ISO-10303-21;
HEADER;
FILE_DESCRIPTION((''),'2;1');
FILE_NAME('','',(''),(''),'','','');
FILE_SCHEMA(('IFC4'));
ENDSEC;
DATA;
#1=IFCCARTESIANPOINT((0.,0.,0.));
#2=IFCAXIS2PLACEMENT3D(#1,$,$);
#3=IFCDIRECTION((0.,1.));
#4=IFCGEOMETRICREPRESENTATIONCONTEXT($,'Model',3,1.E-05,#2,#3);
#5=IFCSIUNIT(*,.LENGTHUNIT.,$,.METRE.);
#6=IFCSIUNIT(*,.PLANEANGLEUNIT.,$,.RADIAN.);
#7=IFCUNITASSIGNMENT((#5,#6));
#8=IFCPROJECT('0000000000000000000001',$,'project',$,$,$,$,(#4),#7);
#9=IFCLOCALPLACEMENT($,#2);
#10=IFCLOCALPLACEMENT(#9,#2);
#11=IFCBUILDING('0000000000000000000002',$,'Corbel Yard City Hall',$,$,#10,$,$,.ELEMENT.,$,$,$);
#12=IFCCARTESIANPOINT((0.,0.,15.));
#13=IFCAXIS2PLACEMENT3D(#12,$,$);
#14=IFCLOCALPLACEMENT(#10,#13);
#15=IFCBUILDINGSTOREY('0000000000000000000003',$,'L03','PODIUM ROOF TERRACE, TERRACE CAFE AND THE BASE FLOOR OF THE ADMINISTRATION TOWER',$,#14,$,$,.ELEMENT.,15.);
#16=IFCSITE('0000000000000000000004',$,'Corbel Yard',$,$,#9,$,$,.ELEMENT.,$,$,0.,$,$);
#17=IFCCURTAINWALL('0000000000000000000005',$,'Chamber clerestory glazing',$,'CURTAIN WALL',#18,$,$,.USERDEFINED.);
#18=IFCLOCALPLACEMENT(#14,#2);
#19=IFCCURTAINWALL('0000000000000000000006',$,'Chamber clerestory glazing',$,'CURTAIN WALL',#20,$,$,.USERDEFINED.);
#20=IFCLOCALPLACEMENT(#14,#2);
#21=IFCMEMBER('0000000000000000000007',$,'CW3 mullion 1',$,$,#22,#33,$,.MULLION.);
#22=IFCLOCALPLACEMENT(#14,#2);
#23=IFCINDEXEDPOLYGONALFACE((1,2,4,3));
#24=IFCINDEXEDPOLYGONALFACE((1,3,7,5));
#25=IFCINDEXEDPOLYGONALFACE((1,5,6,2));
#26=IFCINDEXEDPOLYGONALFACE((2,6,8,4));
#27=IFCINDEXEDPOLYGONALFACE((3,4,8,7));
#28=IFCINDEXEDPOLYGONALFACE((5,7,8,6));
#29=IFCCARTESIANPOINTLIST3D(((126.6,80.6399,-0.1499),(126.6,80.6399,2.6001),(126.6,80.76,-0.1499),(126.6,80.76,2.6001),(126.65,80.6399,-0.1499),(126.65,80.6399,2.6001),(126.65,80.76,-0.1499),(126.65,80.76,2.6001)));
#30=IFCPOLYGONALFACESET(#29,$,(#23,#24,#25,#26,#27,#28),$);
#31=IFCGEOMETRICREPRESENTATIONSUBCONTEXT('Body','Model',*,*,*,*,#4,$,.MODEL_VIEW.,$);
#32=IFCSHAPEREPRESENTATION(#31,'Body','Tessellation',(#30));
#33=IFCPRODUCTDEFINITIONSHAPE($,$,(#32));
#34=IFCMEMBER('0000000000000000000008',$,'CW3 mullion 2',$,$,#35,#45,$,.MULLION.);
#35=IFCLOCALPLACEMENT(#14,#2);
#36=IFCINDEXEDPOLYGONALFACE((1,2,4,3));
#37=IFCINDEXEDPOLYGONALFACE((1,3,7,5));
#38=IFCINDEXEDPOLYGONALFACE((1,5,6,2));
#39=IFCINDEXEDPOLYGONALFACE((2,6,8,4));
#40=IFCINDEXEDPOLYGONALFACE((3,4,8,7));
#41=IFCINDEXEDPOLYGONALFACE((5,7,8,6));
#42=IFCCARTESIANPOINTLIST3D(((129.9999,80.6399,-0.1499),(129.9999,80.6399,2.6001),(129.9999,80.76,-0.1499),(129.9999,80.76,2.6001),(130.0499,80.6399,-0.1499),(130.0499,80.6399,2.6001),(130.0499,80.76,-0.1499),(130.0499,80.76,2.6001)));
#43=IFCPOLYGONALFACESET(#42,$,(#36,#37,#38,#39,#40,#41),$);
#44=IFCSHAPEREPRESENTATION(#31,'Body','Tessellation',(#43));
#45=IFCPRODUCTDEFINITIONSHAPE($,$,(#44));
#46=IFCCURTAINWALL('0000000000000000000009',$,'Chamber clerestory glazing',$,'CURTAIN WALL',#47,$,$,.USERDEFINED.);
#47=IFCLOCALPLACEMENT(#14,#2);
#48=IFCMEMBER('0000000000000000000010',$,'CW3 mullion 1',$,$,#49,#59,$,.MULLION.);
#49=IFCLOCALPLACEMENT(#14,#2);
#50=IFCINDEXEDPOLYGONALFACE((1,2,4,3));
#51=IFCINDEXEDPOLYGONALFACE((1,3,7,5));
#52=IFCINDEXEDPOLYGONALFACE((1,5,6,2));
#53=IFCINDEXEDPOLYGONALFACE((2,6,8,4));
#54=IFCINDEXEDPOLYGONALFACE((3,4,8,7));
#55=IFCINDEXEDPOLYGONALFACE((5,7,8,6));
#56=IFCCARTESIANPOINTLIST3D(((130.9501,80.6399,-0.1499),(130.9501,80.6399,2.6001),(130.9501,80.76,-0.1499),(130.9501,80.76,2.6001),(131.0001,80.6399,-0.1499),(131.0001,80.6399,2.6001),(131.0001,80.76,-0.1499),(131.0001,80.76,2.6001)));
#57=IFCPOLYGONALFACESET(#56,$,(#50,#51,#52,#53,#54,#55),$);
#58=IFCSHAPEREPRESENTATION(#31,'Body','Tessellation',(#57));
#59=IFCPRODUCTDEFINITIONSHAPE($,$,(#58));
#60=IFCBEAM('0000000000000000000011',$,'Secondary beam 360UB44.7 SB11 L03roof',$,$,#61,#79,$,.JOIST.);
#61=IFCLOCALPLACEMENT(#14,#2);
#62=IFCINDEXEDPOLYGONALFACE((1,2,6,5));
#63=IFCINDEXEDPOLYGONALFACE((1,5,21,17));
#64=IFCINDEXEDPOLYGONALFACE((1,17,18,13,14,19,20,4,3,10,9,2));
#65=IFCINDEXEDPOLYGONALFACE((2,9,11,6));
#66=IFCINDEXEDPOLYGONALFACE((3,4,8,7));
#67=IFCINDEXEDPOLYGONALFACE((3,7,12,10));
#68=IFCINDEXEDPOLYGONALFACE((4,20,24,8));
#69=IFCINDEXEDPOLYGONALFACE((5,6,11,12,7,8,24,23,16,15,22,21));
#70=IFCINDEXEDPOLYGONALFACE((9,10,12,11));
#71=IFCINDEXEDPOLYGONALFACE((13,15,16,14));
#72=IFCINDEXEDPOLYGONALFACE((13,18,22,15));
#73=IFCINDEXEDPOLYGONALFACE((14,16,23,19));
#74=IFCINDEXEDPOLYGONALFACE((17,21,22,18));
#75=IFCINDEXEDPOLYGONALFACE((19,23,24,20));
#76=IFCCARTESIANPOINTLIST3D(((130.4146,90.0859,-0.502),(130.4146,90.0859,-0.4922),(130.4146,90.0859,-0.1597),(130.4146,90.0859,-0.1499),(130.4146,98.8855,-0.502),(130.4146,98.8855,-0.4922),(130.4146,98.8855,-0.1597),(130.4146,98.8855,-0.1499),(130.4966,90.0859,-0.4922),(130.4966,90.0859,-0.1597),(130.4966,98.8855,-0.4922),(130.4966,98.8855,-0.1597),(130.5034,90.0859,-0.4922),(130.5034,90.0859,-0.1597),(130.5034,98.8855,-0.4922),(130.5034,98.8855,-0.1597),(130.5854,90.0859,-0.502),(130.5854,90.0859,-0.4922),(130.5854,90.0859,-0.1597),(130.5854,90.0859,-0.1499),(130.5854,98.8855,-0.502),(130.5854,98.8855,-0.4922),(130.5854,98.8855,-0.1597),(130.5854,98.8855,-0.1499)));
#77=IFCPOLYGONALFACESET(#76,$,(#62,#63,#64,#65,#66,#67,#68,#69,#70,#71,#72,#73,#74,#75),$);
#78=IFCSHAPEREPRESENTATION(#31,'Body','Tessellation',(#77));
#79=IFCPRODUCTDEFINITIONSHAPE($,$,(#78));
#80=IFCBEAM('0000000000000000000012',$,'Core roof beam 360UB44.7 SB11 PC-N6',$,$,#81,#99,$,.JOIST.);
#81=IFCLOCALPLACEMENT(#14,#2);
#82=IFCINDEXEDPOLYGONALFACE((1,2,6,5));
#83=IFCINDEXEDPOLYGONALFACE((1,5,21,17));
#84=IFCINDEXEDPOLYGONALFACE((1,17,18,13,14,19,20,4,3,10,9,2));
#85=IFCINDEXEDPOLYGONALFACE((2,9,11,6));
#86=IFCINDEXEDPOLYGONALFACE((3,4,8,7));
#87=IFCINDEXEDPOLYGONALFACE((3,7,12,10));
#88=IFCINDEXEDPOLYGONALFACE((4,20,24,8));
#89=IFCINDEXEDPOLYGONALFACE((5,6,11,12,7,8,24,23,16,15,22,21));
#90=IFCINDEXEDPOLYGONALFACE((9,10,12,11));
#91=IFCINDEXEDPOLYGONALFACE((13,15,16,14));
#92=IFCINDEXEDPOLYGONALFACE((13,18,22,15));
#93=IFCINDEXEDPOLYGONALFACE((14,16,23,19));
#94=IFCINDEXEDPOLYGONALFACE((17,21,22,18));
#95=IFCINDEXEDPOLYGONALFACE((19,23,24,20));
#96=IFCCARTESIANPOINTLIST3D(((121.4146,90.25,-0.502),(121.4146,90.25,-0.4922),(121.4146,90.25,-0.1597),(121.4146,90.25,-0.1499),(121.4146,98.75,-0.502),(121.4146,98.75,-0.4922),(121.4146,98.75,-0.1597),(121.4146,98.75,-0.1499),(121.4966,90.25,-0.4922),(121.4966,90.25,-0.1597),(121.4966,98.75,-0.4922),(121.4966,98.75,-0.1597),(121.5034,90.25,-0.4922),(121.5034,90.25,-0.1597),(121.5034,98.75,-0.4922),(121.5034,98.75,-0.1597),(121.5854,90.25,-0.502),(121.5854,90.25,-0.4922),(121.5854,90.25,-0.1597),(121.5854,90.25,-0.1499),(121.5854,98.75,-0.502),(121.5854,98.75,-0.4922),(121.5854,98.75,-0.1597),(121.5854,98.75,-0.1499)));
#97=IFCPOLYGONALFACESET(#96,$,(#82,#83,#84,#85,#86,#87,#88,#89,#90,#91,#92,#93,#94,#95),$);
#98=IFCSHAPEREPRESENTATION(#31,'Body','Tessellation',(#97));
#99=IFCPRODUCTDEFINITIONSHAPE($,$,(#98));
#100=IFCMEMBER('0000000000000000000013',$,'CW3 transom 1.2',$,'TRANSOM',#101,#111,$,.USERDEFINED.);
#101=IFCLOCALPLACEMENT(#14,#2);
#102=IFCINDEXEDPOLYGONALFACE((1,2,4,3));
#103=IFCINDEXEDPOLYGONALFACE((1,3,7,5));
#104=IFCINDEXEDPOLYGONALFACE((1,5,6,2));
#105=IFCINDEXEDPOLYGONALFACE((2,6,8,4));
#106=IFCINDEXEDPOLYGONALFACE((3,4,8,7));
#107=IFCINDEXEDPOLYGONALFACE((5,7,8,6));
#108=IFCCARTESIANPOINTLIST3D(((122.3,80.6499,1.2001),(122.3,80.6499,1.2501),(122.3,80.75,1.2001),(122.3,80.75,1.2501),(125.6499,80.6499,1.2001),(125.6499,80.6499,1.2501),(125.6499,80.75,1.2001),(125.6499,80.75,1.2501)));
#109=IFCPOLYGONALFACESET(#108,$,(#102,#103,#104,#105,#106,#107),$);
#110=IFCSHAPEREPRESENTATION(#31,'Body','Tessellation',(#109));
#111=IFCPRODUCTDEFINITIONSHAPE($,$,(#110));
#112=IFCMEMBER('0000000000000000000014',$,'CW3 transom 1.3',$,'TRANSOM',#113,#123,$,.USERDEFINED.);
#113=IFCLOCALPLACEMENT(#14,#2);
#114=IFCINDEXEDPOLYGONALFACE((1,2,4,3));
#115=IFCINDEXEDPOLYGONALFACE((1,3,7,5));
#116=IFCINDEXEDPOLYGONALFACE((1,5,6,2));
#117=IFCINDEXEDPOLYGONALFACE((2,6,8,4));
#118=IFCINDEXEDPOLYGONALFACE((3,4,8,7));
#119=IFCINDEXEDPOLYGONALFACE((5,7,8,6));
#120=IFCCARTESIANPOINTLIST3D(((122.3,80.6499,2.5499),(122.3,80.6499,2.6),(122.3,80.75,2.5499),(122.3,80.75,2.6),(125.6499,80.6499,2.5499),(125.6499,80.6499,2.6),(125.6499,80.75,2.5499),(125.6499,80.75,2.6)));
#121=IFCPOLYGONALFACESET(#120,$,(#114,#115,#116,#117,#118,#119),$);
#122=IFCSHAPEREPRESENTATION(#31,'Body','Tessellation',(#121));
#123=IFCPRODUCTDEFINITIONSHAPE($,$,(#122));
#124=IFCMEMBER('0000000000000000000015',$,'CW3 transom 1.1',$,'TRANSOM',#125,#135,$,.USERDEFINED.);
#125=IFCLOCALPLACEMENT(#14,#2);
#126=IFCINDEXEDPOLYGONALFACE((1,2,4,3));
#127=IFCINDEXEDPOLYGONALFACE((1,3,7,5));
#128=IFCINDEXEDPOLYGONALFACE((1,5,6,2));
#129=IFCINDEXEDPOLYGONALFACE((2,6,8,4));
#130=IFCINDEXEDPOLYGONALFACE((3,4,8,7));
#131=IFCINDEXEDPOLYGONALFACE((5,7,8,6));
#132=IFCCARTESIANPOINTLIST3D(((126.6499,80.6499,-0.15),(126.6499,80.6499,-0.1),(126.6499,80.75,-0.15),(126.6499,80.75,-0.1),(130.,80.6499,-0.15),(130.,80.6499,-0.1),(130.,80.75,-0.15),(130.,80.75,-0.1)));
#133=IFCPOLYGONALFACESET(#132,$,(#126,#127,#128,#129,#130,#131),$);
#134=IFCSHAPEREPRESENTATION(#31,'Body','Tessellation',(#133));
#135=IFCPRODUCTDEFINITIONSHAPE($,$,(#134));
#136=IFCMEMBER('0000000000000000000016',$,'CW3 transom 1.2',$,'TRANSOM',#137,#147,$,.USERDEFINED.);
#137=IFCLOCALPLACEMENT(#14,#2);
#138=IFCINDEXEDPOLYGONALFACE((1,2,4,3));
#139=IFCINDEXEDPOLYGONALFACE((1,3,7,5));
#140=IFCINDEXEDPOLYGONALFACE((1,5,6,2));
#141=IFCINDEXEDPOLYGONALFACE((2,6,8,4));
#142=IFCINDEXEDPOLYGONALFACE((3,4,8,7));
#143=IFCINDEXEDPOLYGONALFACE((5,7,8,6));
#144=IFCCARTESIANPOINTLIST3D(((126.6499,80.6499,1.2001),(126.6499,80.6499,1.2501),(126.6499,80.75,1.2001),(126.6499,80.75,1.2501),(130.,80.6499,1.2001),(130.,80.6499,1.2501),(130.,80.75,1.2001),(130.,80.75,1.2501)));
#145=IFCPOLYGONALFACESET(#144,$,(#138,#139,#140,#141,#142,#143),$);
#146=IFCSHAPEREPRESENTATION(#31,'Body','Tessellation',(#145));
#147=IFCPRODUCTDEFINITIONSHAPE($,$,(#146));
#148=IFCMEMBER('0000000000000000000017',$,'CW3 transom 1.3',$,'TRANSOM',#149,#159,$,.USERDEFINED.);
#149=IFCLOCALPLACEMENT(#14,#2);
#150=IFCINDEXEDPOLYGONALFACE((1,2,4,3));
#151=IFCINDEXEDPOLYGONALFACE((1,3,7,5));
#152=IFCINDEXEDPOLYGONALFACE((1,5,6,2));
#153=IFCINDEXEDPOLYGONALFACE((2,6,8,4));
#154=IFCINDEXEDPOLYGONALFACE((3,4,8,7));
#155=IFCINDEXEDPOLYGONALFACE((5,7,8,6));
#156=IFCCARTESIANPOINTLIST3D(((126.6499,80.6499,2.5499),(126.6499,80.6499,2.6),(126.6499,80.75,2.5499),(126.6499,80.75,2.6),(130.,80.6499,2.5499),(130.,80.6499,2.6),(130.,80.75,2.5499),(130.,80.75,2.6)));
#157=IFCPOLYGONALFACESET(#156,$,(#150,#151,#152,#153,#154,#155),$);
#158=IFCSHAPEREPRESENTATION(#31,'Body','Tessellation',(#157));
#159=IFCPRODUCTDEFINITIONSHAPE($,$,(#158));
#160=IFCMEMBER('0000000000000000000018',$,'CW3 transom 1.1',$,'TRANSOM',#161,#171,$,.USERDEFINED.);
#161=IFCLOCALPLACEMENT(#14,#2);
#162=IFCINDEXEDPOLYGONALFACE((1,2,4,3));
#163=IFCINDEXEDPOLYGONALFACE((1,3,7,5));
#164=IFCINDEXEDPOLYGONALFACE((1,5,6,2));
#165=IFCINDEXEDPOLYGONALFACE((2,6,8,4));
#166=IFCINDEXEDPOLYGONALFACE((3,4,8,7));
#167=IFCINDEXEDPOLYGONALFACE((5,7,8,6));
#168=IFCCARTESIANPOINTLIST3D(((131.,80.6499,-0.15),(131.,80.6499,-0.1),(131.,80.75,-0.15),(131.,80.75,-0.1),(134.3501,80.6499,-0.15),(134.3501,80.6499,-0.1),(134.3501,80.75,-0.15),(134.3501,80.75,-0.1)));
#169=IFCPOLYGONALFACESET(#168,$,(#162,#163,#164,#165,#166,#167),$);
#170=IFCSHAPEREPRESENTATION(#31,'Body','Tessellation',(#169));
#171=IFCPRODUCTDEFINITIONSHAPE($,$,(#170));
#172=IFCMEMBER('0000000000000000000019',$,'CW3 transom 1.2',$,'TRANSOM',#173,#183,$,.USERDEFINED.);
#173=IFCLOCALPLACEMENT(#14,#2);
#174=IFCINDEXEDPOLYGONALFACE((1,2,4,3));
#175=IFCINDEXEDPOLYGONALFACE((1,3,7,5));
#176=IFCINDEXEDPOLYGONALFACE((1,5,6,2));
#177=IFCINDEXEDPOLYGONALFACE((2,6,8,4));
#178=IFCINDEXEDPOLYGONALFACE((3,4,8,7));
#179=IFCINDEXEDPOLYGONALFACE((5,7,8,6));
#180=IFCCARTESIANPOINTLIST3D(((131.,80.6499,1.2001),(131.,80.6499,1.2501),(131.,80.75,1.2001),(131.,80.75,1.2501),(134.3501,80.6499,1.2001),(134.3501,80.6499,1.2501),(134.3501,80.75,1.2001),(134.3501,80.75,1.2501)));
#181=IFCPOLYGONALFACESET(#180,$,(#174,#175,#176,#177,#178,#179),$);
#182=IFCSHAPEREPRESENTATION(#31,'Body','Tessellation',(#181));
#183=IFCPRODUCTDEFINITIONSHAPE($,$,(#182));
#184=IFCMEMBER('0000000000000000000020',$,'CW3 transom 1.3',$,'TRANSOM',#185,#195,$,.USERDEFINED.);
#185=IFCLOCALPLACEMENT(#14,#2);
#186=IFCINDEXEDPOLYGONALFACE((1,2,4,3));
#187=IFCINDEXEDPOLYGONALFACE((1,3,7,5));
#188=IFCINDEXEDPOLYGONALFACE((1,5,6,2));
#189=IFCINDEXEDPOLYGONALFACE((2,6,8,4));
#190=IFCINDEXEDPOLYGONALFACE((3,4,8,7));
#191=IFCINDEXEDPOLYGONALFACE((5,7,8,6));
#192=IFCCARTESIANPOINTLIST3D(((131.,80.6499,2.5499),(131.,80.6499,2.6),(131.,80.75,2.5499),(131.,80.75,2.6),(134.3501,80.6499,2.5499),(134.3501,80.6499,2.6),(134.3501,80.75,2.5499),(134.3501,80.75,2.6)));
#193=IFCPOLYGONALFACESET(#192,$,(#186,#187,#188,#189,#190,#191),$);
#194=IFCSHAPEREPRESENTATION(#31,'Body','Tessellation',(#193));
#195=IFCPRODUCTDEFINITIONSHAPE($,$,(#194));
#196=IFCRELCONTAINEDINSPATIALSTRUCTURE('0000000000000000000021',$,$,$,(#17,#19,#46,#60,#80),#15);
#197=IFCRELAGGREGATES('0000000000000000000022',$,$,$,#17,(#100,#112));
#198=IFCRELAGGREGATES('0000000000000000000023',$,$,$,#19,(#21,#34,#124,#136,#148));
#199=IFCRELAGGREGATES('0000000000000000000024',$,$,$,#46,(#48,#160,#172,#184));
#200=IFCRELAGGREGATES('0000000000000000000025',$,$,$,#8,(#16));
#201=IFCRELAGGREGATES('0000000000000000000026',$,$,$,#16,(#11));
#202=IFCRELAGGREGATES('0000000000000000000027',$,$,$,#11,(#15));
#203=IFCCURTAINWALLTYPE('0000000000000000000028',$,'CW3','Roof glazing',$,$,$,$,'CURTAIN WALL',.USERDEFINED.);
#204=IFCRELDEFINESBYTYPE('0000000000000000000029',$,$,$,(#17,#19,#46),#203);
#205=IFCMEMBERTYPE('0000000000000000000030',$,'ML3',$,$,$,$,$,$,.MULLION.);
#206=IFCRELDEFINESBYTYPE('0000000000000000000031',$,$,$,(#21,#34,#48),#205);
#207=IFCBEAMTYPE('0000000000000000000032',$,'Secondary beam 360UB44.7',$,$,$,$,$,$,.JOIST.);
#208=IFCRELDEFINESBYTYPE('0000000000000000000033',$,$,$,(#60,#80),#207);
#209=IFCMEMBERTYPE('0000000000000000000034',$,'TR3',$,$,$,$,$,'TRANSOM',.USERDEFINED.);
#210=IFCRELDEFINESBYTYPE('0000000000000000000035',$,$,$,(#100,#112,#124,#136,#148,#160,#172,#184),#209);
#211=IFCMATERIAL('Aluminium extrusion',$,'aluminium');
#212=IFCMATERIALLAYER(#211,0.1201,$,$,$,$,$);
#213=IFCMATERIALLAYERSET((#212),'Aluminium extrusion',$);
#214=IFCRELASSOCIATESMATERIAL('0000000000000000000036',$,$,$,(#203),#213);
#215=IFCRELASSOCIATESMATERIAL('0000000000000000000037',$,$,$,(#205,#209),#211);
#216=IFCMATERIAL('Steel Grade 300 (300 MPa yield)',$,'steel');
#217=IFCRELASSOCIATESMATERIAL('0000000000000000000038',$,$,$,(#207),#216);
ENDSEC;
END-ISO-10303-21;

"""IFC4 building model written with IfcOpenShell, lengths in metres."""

from ifc_helpers import new_model, si_unit, direction, frame, origin, origin_2d, place, context, subcontext, project, spatial, rectangle, i_section, extrude, material, layer, layer_set, material_profile, profile_set, type_object, element, aggregate, save


model = new_model("IFC4")

# Units and contexts
model_context = context("Model", 3, precision=1e-05, world=origin(), true_north=direction((0.0, 1.0)))
body_context = subcontext(model_context, "Body", "Model", "MODEL_VIEW")
ifc_project = project(units=[si_unit("LENGTHUNIT", "METRE"), si_unit("PLANEANGLEUNIT", "RADIAN")], contexts=[model_context])

# Site, building, storey
site_placement = place(None, origin())
site = spatial("IfcSite", under=ifc_project, at=site_placement, Name="Corbel Yard", CompositionType="ELEMENT", RefElevation=0.0)
building_placement = place(site_placement, origin())
building = spatial("IfcBuilding", under=site, at=building_placement, Name="Corbel Yard City Hall", CompositionType="ELEMENT")
storey_placement = place(building_placement, frame((0.0, 0.0, 15.0)))
storey = spatial("IfcBuildingStorey", under=building, at=storey_placement, Name="L03", Description="PODIUM ROOF TERRACE, TERRACE CAFE AND THE BASE FLOOR OF THE ADMINISTRATION TOWER", CompositionType="ELEMENT", Elevation=15.0)

# Shared definitions
ifc_material_1 = material(Name="Steel Grade 300 (300 MPa yield)", Category="steel")

# Curtain wall
ifc_material_2 = material(Name="Aluminium extrusion", Category="aluminium")
ifc_layer_1 = layer(ifc_material_2, 0.1201)
ifc_layer_set_1 = layer_set([ifc_layer_1], Name="Aluminium extrusion")
curtain_wall_type = type_object("IfcCurtainWallType", Name="CW3", Description="Roof glazing", ElementType="CURTAIN WALL", PredefinedType="USERDEFINED", material=ifc_layer_set_1)
curtain_wall_1_placement = place(storey_placement, origin())
curtain_wall_1 = element("IfcCurtainWall", 1, at=curtain_wall_1_placement, inside=storey, type_object=curtain_wall_type, Name="Chamber clerestory glazing", ObjectType="CURTAIN WALL", PredefinedType="USERDEFINED")
ifc_material_profile_1 = material_profile(ifc_material_2, rectangle(XDim=0.1201, YDim=0.05, at=origin_2d()), Name="120x50")
ifc_profile_set_1 = profile_set([ifc_material_profile_1], Name="Aluminium extrusion")
member_type_1 = type_object("IfcMemberType", Name="ML3", PredefinedType="MULLION", material=ifc_profile_set_1)

# Curtain wall, members
curtain_wall_2_placement = place(storey_placement, origin())
curtain_wall_2 = element("IfcCurtainWall", 2, at=curtain_wall_2_placement, inside=storey, type_object=curtain_wall_type, Name="Chamber clerestory glazing", ObjectType="CURTAIN WALL", PredefinedType="USERDEFINED")
member_1_placement = place(storey_placement, frame((126.625, 80.7, -0.1499), z_axis=(0.0, 0.0, 1.0), x_axis=(0.0, 1.0, 0.0)))
member_1 = element("IfcMember", 3, at=member_1_placement, type_object=member_type_1, Name="CW3 mullion 1", PredefinedType="MULLION", context=body_context, shape_type="SweptSolid", body=[
    extrude(rectangle(XDim=0.1201, YDim=0.05, at=origin_2d()), origin(), (0.0, 0.0, 1.0), 2.75),
])
member_2_placement = place(storey_placement, frame((130.0249, 80.7, -0.1499), z_axis=(0.0, 0.0, 1.0), x_axis=(0.0, 1.0, 0.0)))
member_2 = element("IfcMember", 4, at=member_2_placement, type_object=member_type_1, Name="CW3 mullion 2", PredefinedType="MULLION", context=body_context, shape_type="SweptSolid", body=[
    extrude(rectangle(XDim=0.1201, YDim=0.05, at=origin_2d()), origin(), (0.0, 0.0, 1.0), 2.75),
])

# Curtain wall, member
curtain_wall_3_placement = place(storey_placement, origin())
curtain_wall_3 = element("IfcCurtainWall", 5, at=curtain_wall_3_placement, inside=storey, type_object=curtain_wall_type, Name="Chamber clerestory glazing", ObjectType="CURTAIN WALL", PredefinedType="USERDEFINED")
member_3_placement = place(storey_placement, frame((130.9751, 80.7, -0.1499), z_axis=(0.0, 0.0, 1.0), x_axis=(0.0, 1.0, 0.0)))
member_3 = element("IfcMember", 6, at=member_3_placement, type_object=member_type_1, Name="CW3 mullion 1", PredefinedType="MULLION", context=body_context, shape_type="SweptSolid", body=[
    extrude(rectangle(XDim=0.1201, YDim=0.05, at=origin_2d()), origin(), (0.0, 0.0, 1.0), 2.75),
])

# Beams
ifc_material_profile_2 = material_profile(ifc_material_1, i_section(OverallWidth=0.1709, OverallDepth=0.3521, WebThickness=0.0068, FlangeThickness=0.0098, at=origin_2d()), Name="360UB44.7")
ifc_profile_set_2 = profile_set([ifc_material_profile_2], Name="Steel Grade 300 (300 MPa yield)")
beam_type_1 = type_object("IfcBeamType", Name="Secondary beam 360UB44.7", PredefinedType="JOIST", material=ifc_profile_set_2)
beam_1_placement = place(storey_placement, frame((130.5, 90.0859, -0.3259), z_axis=(0.0, 1.0, 0.0), x_axis=(-1.0, 0.0, 0.0)))
element("IfcBeam", 7, at=beam_1_placement, inside=storey, type_object=beam_type_1, Name="Secondary beam 360UB44.7 SB11 L03roof", PredefinedType="JOIST", context=body_context, shape_type="SweptSolid", body=[
    extrude(i_section(OverallWidth=0.1709, OverallDepth=0.3521, WebThickness=0.0068, FlangeThickness=0.0098, at=origin_2d()), origin(), (0.0, 0.0, 1.0), 8.7996),
])
beam_2_placement = place(storey_placement, frame((121.5, 90.25, -0.3259), z_axis=(0.0, 1.0, 0.0), x_axis=(-1.0, 0.0, 0.0)))
element("IfcBeam", 8, at=beam_2_placement, inside=storey, type_object=beam_type_1, Name="Core roof beam 360UB44.7 SB11 PC-N6", PredefinedType="JOIST", context=body_context, shape_type="SweptSolid", body=[
    extrude(i_section(OverallWidth=0.1709, OverallDepth=0.3521, WebThickness=0.0068, FlangeThickness=0.0098, at=origin_2d()), origin(), (0.0, 0.0, 1.0), 8.5),
])

# Members
ifc_material_profile_3 = material_profile(ifc_material_2, rectangle(XDim=0.1001, YDim=0.05, at=origin_2d()), Name="100x50")
ifc_profile_set_3 = profile_set([ifc_material_profile_3], Name="Aluminium extrusion")
member_type_2 = type_object("IfcMemberType", Name="TR3", ElementType="TRANSOM", PredefinedType="USERDEFINED", material=ifc_profile_set_3)
member_4_placement = place(storey_placement, frame((122.3, 80.7, 1.2251), z_axis=(1.0, 0.0, 0.0), x_axis=(0.0, 1.0, 0.0)))
member_4 = element("IfcMember", 9, at=member_4_placement, type_object=member_type_2, Name="CW3 transom 1.2", ObjectType="TRANSOM", PredefinedType="USERDEFINED", context=body_context, shape_type="SweptSolid", body=[
    extrude(rectangle(XDim=0.1001, YDim=0.05, at=origin_2d()), origin(), (0.0, 0.0, 1.0), 3.3499),
])
member_5_placement = place(storey_placement, frame((122.3, 80.7, 2.575), z_axis=(1.0, 0.0, 0.0), x_axis=(0.0, 1.0, 0.0)))
member_5 = element("IfcMember", 10, at=member_5_placement, type_object=member_type_2, Name="CW3 transom 1.3", ObjectType="TRANSOM", PredefinedType="USERDEFINED", context=body_context, shape_type="SweptSolid", body=[
    extrude(rectangle(XDim=0.1001, YDim=0.05, at=origin_2d()), origin(), (0.0, 0.0, 1.0), 3.3499),
])
member_6_placement = place(storey_placement, frame((126.6499, 80.7, -0.125), z_axis=(1.0, 0.0, 0.0), x_axis=(0.0, 1.0, 0.0)))
member_6 = element("IfcMember", 11, at=member_6_placement, type_object=member_type_2, Name="CW3 transom 1.1", ObjectType="TRANSOM", PredefinedType="USERDEFINED", context=body_context, shape_type="SweptSolid", body=[
    extrude(rectangle(XDim=0.1001, YDim=0.05, at=origin_2d()), origin(), (0.0, 0.0, 1.0), 3.3501),
])
member_7_placement = place(storey_placement, frame((126.6499, 80.7, 1.2251), z_axis=(1.0, 0.0, 0.0), x_axis=(0.0, 1.0, 0.0)))
member_7 = element("IfcMember", 12, at=member_7_placement, type_object=member_type_2, Name="CW3 transom 1.2", ObjectType="TRANSOM", PredefinedType="USERDEFINED", context=body_context, shape_type="SweptSolid", body=[
    extrude(rectangle(XDim=0.1001, YDim=0.05, at=origin_2d()), origin(), (0.0, 0.0, 1.0), 3.3501),
])
member_8_placement = place(storey_placement, frame((126.6499, 80.7, 2.575), z_axis=(1.0, 0.0, 0.0), x_axis=(0.0, 1.0, 0.0)))
member_8 = element("IfcMember", 13, at=member_8_placement, type_object=member_type_2, Name="CW3 transom 1.3", ObjectType="TRANSOM", PredefinedType="USERDEFINED", context=body_context, shape_type="SweptSolid", body=[
    extrude(rectangle(XDim=0.1001, YDim=0.05, at=origin_2d()), origin(), (0.0, 0.0, 1.0), 3.3501),
])
member_9_placement = place(storey_placement, frame((131.0, 80.7, -0.125), z_axis=(1.0, 0.0, 0.0), x_axis=(0.0, 1.0, 0.0)))
member_9 = element("IfcMember", 14, at=member_9_placement, type_object=member_type_2, Name="CW3 transom 1.1", ObjectType="TRANSOM", PredefinedType="USERDEFINED", context=body_context, shape_type="SweptSolid", body=[
    extrude(rectangle(XDim=0.1001, YDim=0.05, at=origin_2d()), origin(), (0.0, 0.0, 1.0), 3.3501),
])
member_10_placement = place(storey_placement, frame((131.0, 80.7, 1.2251), z_axis=(1.0, 0.0, 0.0), x_axis=(0.0, 1.0, 0.0)))
member_10 = element("IfcMember", 15, at=member_10_placement, type_object=member_type_2, Name="CW3 transom 1.2", ObjectType="TRANSOM", PredefinedType="USERDEFINED", context=body_context, shape_type="SweptSolid", body=[
    extrude(rectangle(XDim=0.1001, YDim=0.05, at=origin_2d()), origin(), (0.0, 0.0, 1.0), 3.3501),
])
member_11_placement = place(storey_placement, frame((131.0, 80.7, 2.575), z_axis=(1.0, 0.0, 0.0), x_axis=(0.0, 1.0, 0.0)))
member_11 = element("IfcMember", 16, at=member_11_placement, type_object=member_type_2, Name="CW3 transom 1.3", ObjectType="TRANSOM", PredefinedType="USERDEFINED", context=body_context, shape_type="SweptSolid", body=[
    extrude(rectangle(XDim=0.1001, YDim=0.05, at=origin_2d()), origin(), (0.0, 0.0, 1.0), 3.3501),
])

aggregate(curtain_wall_1, [member_4, member_5])
aggregate(curtain_wall_2, [member_1, member_2, member_6, member_7, member_8])
aggregate(curtain_wall_3, [member_3, member_9, member_10, member_11])

save(model, "model.ifc")
